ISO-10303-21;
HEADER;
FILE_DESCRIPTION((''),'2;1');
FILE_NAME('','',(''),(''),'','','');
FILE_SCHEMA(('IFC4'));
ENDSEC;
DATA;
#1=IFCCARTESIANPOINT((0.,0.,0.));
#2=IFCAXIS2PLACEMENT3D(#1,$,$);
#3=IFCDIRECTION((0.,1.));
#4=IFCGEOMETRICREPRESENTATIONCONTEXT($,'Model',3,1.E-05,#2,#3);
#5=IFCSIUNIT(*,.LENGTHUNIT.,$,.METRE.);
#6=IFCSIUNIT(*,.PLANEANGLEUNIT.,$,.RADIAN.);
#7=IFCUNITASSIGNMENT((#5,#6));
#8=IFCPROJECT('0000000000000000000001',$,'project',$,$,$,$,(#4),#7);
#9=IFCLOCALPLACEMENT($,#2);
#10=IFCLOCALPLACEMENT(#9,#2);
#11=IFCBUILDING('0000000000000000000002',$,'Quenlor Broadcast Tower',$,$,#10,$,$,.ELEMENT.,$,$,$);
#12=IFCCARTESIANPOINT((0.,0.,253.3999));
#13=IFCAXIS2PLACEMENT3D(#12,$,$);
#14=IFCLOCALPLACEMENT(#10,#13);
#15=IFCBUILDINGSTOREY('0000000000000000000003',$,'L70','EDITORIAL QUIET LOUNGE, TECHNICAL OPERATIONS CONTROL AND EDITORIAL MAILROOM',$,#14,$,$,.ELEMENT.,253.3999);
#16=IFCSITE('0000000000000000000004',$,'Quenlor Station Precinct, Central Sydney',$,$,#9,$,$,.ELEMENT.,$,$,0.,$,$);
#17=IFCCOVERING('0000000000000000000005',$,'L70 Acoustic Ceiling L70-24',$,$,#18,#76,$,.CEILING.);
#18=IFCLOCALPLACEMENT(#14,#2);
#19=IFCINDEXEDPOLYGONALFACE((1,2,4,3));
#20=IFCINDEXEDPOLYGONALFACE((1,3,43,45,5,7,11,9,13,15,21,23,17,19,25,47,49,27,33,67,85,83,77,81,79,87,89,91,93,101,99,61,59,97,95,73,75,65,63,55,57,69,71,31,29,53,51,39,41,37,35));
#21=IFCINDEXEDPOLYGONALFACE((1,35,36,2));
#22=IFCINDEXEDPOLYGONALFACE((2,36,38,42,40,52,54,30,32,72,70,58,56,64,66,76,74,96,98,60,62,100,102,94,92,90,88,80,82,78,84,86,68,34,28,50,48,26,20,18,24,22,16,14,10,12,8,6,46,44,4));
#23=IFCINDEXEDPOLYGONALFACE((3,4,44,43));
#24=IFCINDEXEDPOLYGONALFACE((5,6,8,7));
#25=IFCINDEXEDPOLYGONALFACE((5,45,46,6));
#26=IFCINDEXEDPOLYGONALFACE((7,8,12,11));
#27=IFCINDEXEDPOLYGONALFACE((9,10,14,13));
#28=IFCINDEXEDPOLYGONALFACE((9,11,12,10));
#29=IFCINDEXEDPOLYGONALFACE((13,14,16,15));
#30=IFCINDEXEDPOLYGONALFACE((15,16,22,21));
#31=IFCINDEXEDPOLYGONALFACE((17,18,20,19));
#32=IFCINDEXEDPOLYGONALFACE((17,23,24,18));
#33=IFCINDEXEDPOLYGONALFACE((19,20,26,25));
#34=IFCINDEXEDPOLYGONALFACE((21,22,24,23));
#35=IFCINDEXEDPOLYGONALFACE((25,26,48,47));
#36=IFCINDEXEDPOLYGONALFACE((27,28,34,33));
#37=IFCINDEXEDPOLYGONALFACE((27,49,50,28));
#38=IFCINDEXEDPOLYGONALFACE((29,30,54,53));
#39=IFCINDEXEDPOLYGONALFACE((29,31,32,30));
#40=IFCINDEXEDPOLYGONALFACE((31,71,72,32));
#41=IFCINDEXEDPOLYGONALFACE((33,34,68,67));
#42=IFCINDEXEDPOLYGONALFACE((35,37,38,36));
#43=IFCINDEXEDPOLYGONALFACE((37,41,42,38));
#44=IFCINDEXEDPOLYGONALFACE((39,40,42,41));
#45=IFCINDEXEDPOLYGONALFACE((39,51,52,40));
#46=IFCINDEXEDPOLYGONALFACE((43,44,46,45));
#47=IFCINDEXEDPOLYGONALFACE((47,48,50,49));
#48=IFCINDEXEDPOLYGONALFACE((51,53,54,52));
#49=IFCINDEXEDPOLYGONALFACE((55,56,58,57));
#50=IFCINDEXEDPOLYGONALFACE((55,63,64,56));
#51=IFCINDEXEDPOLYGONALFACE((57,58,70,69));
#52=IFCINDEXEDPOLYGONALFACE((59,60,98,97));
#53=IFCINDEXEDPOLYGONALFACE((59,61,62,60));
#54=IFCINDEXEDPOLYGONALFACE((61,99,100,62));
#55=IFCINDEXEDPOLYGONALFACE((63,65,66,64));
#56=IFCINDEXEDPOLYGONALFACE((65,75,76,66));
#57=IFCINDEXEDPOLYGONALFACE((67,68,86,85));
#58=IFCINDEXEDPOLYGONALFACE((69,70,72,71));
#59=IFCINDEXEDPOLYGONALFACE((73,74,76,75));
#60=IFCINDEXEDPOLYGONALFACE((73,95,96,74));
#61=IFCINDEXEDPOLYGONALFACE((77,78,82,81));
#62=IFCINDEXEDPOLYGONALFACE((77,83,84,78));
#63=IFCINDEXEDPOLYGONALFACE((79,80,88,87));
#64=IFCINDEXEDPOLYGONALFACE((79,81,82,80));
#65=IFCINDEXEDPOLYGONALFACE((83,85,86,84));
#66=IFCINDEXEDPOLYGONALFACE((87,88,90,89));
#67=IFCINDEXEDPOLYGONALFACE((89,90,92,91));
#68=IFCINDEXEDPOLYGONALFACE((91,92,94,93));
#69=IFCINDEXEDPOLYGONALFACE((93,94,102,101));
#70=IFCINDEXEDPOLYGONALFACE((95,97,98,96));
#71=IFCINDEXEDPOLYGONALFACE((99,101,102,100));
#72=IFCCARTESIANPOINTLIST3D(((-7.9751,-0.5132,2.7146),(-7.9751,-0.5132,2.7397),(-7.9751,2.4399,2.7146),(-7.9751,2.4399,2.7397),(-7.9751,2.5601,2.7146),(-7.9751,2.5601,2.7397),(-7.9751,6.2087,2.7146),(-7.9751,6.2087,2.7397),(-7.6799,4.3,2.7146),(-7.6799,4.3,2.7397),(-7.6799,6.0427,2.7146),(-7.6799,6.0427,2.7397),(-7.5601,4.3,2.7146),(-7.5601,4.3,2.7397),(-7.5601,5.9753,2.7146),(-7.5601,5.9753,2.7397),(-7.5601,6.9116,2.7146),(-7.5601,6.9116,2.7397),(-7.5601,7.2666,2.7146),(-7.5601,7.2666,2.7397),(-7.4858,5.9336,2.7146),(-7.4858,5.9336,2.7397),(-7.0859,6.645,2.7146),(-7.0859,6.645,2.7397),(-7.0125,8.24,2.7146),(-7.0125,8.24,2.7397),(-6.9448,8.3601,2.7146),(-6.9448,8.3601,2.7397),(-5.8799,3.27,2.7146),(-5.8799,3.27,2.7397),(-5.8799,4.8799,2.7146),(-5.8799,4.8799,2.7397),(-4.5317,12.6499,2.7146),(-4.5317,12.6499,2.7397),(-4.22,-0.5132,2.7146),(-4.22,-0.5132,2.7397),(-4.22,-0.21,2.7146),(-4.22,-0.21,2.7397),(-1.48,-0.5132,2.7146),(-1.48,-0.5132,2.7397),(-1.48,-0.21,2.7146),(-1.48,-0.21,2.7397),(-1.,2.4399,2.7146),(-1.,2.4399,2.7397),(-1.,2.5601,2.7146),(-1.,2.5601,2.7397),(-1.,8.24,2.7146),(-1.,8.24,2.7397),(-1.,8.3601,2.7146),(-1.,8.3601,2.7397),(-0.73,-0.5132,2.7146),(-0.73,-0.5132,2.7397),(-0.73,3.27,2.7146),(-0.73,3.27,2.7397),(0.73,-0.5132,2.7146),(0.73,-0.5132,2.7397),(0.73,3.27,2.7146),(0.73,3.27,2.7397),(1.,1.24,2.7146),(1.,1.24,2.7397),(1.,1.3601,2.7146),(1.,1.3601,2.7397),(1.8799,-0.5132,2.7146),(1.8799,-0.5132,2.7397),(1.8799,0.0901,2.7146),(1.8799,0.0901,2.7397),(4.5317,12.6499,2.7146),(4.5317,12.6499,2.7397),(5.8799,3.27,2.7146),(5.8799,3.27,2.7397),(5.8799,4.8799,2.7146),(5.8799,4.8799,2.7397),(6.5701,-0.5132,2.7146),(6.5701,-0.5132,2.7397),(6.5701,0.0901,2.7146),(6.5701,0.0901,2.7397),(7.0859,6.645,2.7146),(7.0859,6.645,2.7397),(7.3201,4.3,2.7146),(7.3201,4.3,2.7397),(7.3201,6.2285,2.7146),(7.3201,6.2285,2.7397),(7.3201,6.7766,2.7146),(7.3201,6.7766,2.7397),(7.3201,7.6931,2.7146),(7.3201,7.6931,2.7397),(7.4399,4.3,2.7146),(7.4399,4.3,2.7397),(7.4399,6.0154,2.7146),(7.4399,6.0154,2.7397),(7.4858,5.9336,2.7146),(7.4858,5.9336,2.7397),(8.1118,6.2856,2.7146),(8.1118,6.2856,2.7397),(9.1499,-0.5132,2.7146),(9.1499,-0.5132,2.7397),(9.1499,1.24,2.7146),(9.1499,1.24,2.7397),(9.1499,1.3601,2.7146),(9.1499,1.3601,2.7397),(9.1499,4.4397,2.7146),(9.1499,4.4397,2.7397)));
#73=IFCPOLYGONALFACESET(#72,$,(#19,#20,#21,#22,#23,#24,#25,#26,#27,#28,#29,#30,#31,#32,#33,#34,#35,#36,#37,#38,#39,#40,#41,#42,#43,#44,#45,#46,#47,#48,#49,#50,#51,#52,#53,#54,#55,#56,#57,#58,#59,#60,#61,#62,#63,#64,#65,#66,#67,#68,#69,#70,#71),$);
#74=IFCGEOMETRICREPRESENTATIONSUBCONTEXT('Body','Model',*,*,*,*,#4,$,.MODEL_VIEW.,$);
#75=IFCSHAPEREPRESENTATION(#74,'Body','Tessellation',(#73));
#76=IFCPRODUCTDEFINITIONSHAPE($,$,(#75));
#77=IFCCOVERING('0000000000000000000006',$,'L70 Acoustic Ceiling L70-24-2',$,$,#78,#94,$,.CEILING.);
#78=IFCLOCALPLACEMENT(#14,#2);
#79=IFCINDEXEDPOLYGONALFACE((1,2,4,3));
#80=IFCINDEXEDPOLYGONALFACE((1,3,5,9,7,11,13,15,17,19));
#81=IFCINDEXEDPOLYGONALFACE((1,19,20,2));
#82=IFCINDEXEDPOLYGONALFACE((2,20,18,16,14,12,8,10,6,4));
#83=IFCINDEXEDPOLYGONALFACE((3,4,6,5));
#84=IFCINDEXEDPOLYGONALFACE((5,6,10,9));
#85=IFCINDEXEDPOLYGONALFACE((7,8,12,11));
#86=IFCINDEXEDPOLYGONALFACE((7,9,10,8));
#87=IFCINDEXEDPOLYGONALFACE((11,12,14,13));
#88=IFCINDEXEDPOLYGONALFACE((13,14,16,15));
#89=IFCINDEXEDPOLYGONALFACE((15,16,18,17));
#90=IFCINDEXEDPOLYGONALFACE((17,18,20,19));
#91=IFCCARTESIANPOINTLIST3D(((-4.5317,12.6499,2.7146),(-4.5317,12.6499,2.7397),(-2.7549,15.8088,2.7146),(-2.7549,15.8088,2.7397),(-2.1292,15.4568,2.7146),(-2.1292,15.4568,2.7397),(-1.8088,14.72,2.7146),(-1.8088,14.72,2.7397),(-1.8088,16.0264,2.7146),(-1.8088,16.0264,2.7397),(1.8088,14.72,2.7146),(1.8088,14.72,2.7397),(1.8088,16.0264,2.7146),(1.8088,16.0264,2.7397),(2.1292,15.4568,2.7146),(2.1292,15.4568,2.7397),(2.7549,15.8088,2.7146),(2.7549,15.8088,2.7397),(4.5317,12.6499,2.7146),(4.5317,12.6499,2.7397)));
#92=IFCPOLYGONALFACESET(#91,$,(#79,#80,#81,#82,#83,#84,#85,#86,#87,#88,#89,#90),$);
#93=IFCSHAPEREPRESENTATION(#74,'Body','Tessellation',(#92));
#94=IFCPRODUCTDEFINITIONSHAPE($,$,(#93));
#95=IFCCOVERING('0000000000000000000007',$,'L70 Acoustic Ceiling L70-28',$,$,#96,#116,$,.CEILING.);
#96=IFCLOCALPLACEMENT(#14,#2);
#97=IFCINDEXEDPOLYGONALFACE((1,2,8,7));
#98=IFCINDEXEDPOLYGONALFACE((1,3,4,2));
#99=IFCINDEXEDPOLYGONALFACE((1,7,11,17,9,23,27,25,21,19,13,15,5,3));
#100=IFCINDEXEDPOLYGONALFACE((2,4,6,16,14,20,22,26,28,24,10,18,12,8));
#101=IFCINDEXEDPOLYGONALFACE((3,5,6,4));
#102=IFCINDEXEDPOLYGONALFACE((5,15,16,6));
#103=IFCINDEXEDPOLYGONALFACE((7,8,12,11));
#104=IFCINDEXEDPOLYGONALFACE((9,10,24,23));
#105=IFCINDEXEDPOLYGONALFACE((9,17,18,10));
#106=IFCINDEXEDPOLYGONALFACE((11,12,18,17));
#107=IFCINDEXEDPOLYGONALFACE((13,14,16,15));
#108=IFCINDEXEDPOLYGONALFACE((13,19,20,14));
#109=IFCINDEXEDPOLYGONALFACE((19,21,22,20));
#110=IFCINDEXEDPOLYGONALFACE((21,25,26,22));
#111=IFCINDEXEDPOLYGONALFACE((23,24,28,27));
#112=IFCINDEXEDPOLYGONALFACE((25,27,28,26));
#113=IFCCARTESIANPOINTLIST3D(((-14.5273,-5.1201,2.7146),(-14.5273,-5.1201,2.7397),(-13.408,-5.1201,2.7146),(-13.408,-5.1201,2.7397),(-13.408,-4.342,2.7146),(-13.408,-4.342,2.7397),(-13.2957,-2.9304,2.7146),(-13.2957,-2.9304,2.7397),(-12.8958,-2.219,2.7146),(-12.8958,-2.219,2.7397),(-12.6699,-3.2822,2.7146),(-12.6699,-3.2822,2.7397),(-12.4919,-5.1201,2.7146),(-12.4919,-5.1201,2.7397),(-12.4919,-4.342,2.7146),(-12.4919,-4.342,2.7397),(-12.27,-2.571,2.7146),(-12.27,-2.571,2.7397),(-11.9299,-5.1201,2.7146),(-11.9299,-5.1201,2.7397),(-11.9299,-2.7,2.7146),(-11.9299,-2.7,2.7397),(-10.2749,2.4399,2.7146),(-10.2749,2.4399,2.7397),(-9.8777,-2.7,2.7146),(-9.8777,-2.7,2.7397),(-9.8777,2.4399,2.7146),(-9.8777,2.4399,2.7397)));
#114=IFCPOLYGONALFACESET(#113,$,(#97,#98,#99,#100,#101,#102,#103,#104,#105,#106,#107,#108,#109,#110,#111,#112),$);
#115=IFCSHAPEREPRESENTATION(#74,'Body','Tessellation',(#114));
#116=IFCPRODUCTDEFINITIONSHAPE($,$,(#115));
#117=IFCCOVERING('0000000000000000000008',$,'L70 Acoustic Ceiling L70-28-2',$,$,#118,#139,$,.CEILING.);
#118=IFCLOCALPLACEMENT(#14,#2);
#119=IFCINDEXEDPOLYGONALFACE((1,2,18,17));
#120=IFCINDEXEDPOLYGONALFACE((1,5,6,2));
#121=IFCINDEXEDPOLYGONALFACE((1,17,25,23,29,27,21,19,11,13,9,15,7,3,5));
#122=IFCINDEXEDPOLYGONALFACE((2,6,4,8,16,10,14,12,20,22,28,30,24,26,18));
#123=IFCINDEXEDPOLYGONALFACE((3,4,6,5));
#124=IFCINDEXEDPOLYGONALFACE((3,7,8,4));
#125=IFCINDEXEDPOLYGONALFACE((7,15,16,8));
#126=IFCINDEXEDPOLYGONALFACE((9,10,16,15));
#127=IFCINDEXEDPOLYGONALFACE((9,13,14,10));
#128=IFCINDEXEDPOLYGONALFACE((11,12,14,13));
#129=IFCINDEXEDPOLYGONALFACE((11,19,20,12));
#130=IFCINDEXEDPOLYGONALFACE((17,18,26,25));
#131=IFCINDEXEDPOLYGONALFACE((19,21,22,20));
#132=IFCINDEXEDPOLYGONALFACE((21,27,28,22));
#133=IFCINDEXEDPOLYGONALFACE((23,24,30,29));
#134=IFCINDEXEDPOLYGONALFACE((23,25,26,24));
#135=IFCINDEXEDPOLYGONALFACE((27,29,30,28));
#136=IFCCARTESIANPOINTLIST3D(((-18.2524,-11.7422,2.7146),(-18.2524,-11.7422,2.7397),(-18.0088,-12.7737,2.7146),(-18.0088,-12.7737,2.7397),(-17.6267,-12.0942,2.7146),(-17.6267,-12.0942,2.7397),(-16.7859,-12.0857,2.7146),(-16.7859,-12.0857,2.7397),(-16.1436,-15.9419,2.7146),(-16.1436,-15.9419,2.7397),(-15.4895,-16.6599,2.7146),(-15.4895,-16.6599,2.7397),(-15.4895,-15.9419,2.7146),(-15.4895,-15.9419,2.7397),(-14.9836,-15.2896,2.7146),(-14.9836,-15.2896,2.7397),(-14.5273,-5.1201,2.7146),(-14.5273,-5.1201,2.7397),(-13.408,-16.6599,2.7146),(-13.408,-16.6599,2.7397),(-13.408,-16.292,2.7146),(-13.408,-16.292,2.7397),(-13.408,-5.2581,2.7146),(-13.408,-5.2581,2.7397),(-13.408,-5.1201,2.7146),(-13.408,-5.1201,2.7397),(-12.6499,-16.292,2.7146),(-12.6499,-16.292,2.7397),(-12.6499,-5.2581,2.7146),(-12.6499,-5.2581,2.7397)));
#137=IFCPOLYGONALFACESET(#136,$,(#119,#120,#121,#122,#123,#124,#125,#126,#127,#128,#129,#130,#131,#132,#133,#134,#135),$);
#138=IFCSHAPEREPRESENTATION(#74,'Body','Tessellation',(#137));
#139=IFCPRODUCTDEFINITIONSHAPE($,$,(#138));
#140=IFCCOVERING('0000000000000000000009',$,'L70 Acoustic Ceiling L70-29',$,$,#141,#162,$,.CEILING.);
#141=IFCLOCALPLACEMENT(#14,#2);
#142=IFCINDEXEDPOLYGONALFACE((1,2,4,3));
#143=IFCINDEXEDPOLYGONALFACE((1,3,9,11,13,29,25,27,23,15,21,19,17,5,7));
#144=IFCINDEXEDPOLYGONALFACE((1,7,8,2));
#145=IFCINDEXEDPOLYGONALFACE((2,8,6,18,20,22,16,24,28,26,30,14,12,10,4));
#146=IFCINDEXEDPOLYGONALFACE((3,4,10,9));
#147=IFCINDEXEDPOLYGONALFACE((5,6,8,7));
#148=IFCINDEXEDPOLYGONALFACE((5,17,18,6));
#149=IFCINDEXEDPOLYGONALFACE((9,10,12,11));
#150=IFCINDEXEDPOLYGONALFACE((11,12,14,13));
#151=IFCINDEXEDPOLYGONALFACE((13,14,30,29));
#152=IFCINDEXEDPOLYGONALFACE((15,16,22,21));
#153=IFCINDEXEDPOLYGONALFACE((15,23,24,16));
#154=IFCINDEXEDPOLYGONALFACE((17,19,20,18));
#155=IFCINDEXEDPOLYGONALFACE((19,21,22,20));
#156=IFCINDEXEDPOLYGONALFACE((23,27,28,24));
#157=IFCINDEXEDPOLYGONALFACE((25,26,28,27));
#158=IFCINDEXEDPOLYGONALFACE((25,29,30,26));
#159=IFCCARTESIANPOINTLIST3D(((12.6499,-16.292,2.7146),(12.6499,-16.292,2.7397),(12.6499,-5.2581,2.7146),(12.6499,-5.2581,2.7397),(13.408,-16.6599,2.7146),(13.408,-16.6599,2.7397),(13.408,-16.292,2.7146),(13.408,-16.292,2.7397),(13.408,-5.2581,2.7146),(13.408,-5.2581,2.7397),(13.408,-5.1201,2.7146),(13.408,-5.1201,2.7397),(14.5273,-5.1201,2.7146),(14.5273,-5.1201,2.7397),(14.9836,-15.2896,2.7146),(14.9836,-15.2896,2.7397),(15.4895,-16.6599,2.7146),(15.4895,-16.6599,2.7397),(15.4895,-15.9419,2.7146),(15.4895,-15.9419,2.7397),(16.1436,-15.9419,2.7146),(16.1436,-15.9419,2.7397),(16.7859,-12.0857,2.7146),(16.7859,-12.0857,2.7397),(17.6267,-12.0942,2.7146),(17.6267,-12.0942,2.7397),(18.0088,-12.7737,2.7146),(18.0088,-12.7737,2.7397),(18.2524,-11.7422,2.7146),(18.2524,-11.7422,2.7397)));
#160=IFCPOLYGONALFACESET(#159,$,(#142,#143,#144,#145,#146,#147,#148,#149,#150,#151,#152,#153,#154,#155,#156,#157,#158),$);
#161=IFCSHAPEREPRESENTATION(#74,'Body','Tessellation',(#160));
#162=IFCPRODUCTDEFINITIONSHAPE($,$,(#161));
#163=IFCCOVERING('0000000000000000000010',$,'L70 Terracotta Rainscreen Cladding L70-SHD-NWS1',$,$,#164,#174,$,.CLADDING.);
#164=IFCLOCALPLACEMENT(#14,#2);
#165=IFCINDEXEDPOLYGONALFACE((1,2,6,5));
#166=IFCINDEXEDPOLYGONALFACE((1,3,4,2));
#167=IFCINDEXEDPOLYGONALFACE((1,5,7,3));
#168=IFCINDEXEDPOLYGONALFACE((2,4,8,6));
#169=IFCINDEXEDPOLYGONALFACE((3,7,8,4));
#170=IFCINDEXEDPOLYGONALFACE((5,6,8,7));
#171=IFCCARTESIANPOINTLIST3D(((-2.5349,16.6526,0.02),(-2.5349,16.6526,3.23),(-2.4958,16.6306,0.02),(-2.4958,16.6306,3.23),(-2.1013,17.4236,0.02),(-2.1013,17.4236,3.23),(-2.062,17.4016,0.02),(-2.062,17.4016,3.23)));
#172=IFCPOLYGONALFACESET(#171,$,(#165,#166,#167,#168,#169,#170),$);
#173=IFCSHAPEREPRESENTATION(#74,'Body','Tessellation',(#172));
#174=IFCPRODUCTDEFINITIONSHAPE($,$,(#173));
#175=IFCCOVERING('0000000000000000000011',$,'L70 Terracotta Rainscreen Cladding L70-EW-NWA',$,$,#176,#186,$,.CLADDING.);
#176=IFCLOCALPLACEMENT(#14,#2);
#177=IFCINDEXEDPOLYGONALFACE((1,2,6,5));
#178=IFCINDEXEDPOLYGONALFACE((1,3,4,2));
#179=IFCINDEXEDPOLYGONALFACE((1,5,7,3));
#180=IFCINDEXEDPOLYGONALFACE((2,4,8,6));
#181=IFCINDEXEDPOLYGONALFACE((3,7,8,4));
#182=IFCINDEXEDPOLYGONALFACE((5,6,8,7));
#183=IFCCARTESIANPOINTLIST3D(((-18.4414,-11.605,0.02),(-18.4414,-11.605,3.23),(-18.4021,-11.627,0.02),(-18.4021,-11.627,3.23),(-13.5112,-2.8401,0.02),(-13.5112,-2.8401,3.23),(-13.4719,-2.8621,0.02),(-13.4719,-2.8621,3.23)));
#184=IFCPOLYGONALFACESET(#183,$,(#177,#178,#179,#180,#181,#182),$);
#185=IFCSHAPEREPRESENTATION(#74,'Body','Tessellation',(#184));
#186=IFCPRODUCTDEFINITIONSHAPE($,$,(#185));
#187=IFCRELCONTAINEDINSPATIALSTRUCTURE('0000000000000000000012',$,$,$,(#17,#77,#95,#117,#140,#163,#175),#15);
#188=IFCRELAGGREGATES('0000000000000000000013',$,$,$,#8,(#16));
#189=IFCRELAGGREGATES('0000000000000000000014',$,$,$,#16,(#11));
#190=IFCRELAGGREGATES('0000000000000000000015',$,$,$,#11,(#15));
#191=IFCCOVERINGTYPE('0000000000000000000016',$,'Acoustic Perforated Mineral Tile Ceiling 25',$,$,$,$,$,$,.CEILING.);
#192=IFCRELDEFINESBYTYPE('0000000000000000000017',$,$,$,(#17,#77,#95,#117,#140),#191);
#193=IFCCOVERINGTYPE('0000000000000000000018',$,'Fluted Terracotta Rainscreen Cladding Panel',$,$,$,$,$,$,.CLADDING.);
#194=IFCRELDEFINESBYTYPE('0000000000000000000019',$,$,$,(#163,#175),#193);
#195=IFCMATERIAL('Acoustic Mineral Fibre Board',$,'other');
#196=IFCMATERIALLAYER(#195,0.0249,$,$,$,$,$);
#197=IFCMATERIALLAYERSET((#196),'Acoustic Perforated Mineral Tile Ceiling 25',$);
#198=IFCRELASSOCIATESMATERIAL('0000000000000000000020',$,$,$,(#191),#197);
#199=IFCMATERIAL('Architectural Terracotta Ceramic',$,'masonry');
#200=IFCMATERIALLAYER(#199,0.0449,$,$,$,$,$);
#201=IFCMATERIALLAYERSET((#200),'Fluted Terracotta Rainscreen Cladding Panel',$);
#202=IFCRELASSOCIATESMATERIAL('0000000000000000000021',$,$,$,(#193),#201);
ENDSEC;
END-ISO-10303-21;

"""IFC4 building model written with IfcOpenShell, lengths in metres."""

from ifc_helpers import new_model, si_unit, direction, frame, origin, place, context, subcontext, project, spatial, polyline, outline, extrude, material, layer, layer_set, type_object, element, save


model = new_model("IFC4")

# Units and contexts
model_context = context("Model", 3, precision=1e-05, world=origin(), true_north=direction((0.0, 1.0)))
body_context = subcontext(model_context, "Body", "Model", "MODEL_VIEW")
ifc_project = project(units=[si_unit("LENGTHUNIT", "METRE"), si_unit("PLANEANGLEUNIT", "RADIAN")], contexts=[model_context])

# Site, building, storey
site_placement = place(None, origin())
site = spatial("IfcSite", under=ifc_project, at=site_placement, Name="Quenlor Station Precinct, Central Sydney", CompositionType="ELEMENT", RefElevation=0.0)
building_placement = place(site_placement, origin())
building = spatial("IfcBuilding", under=site, at=building_placement, Name="Quenlor Broadcast Tower", CompositionType="ELEMENT")
storey_placement = place(building_placement, frame((0.0, 0.0, 253.3999)))
storey = spatial("IfcBuildingStorey", under=building, at=storey_placement, Name="L70", Description="EDITORIAL QUIET LOUNGE, TECHNICAL OPERATIONS CONTROL AND EDITORIAL MAILROOM", CompositionType="ELEMENT", Elevation=253.3999)

# Coverings
ifc_material_1 = material(Name="Acoustic Mineral Fibre Board", Category="other")
ifc_layer_1 = layer(ifc_material_1, 0.0249)
ifc_layer_set_1 = layer_set([ifc_layer_1], Name="Acoustic Perforated Mineral Tile Ceiling 25")
covering_type_1 = type_object("IfcCoveringType", Name="Acoustic Perforated Mineral Tile Ceiling 25", PredefinedType="CEILING", material=ifc_layer_set_1)
covering_1_placement = place(storey_placement, frame((0.0, 0.0, 2.7146)))
element("IfcCovering", 1, at=covering_1_placement, inside=storey, type_object=covering_type_1, Name="L70 Acoustic Ceiling L70-24", PredefinedType="CEILING", context=body_context, shape_type="SweptSolid", body=[
    extrude(outline(polyline([(-7.6799, 4.3), (-7.5601, 4.3), (-7.5601, 5.9753), (-7.4858, 5.9336), (-7.0859, 6.645), (-7.5601, 6.9116), (-7.5601, 7.2666), (-7.0125, 8.24), (-1.0, 8.24), (-1.0, 8.3601), (-6.9448, 8.3601), (-4.5317, 12.6499), (4.5317, 12.6499), (7.3201, 7.6931), (7.3201, 6.7766), (7.0859, 6.645), (7.3201, 6.2285), (7.3201, 4.3), (7.4399, 4.3), (7.4399, 6.0154), (7.4858, 5.9336), (8.1118, 6.2856), (9.1499, 4.4397), (9.1499, 1.3601), (1.0, 1.3601), (1.0, 1.24), (9.1499, 1.24), (9.1499, -0.5132), (6.5701, -0.5132), (6.5701, 0.0901), (1.8799, 0.0901), (1.8799, -0.5132), (0.73, -0.5132), (0.73, 3.27), (5.8799, 3.27), (5.8799, 4.8799), (-5.8799, 4.8799), (-5.8799, 3.27), (-0.73, 3.27), (-0.73, -0.5132), (-1.48, -0.5132), (-1.48, -0.21), (-4.22, -0.21), (-4.22, -0.5132), (-7.9751, -0.5132), (-7.9751, 2.4399), (-1.0, 2.4399), (-1.0, 2.5601), (-7.9751, 2.5601), (-7.9751, 6.2087), (-7.6799, 6.0427), (-7.6799, 4.3)])), origin(), (0.0, 0.0, 1.0), 0.0251),
])
covering_2_placement = place(storey_placement, frame((0.0, 0.0, 2.7146)))
element("IfcCovering", 2, at=covering_2_placement, inside=storey, type_object=covering_type_1, Name="L70 Acoustic Ceiling L70-24-2", PredefinedType="CEILING", context=body_context, shape_type="SweptSolid", body=[
    extrude(outline(polyline([(-2.7549, 15.8088), (-2.1292, 15.4568), (-1.8088, 16.0264), (-1.8088, 14.72), (1.8088, 14.72), (1.8088, 16.0264), (2.1292, 15.4568), (2.7549, 15.8088), (4.5317, 12.6499), (-4.5317, 12.6499), (-2.7549, 15.8088)])), origin(), (0.0, 0.0, 1.0), 0.0251),
])
covering_3_placement = place(storey_placement, frame((0.0, 0.0, 2.7146)))
element("IfcCovering", 3, at=covering_3_placement, inside=storey, type_object=covering_type_1, Name="L70 Acoustic Ceiling L70-28", PredefinedType="CEILING", context=body_context, shape_type="SweptSolid", body=[
    extrude(outline(polyline([(-13.2957, -2.9304), (-12.6699, -3.2822), (-12.27, -2.571), (-12.8958, -2.219), (-10.2749, 2.4399), (-9.8777, 2.4399), (-9.8777, -2.7), (-11.9299, -2.7), (-11.9299, -5.1201), (-12.4919, -5.1201), (-12.4919, -4.342), (-13.408, -4.342), (-13.408, -5.1201), (-14.5273, -5.1201), (-13.2957, -2.9304)])), origin(), (0.0, 0.0, 1.0), 0.0251),
])
covering_4_placement = place(storey_placement, frame((0.0, 0.0, 2.7146)))
element("IfcCovering", 4, at=covering_4_placement, inside=storey, type_object=covering_type_1, Name="L70 Acoustic Ceiling L70-28-2", PredefinedType="CEILING", context=body_context, shape_type="SweptSolid", body=[
    extrude(outline(polyline([(-18.2524, -11.7422), (-14.5273, -5.1201), (-13.408, -5.1201), (-13.408, -5.2581), (-12.6499, -5.2581), (-12.6499, -16.292), (-13.408, -16.292), (-13.408, -16.6599), (-15.4895, -16.6599), (-15.4895, -15.9419), (-16.1436, -15.9419), (-14.9836, -15.2896), (-16.7859, -12.0857), (-18.0088, -12.7737), (-17.6267, -12.0942), (-18.2524, -11.7422)])), origin(), (0.0, 0.0, 1.0), 0.0251),
])
covering_5_placement = place(storey_placement, frame((0.0, 0.0, 2.7146)))
element("IfcCovering", 5, at=covering_5_placement, inside=storey, type_object=covering_type_1, Name="L70 Acoustic Ceiling L70-29", PredefinedType="CEILING", context=body_context, shape_type="SweptSolid", body=[
    extrude(outline(polyline([(16.1436, -15.9419), (15.4895, -15.9419), (15.4895, -16.6599), (13.408, -16.6599), (13.408, -16.292), (12.6499, -16.292), (12.6499, -5.2581), (13.408, -5.2581), (13.408, -5.1201), (14.5273, -5.1201), (18.2524, -11.7422), (17.6267, -12.0942), (18.0088, -12.7737), (16.7859, -12.0857), (14.9836, -15.2896), (16.1436, -15.9419)])), origin(), (0.0, 0.0, 1.0), 0.0251),
])
ifc_material_2 = material(Name="Architectural Terracotta Ceramic", Category="masonry")
ifc_layer_2 = layer(ifc_material_2, 0.0449)
ifc_layer_set_2 = layer_set([ifc_layer_2], Name="Fluted Terracotta Rainscreen Cladding Panel")
covering_type_2 = type_object("IfcCoveringType", Name="Fluted Terracotta Rainscreen Cladding Panel", PredefinedType="CLADDING", material=ifc_layer_set_2)
covering_6_placement = place(storey_placement, frame((0.0, 0.0, 0.02)))
element("IfcCovering", 6, at=covering_6_placement, inside=storey, type_object=covering_type_2, Name="L70 Terracotta Rainscreen Cladding L70-SHD-NWS1", PredefinedType="CLADDING", context=body_context, shape_type="SweptSolid", body=[
    extrude(outline(polyline([(-2.4958, 16.6306), (-2.062, 17.4016), (-2.1013, 17.4236), (-2.5349, 16.6526), (-2.4958, 16.6306)])), origin(), (0.0, 0.0, 1.0), 3.21),
])
covering_7_placement = place(storey_placement, frame((0.0, 0.0, 0.02)))
element("IfcCovering", 7, at=covering_7_placement, inside=storey, type_object=covering_type_2, Name="L70 Terracotta Rainscreen Cladding L70-EW-NWA", PredefinedType="CLADDING", context=body_context, shape_type="SweptSolid", body=[
    extrude(outline(polyline([(-18.4021, -11.627), (-13.4719, -2.8621), (-13.5112, -2.8401), (-18.4414, -11.605), (-18.4021, -11.627)])), origin(), (0.0, 0.0, 1.0), 3.21),
])

save(model, "model.ifc")
